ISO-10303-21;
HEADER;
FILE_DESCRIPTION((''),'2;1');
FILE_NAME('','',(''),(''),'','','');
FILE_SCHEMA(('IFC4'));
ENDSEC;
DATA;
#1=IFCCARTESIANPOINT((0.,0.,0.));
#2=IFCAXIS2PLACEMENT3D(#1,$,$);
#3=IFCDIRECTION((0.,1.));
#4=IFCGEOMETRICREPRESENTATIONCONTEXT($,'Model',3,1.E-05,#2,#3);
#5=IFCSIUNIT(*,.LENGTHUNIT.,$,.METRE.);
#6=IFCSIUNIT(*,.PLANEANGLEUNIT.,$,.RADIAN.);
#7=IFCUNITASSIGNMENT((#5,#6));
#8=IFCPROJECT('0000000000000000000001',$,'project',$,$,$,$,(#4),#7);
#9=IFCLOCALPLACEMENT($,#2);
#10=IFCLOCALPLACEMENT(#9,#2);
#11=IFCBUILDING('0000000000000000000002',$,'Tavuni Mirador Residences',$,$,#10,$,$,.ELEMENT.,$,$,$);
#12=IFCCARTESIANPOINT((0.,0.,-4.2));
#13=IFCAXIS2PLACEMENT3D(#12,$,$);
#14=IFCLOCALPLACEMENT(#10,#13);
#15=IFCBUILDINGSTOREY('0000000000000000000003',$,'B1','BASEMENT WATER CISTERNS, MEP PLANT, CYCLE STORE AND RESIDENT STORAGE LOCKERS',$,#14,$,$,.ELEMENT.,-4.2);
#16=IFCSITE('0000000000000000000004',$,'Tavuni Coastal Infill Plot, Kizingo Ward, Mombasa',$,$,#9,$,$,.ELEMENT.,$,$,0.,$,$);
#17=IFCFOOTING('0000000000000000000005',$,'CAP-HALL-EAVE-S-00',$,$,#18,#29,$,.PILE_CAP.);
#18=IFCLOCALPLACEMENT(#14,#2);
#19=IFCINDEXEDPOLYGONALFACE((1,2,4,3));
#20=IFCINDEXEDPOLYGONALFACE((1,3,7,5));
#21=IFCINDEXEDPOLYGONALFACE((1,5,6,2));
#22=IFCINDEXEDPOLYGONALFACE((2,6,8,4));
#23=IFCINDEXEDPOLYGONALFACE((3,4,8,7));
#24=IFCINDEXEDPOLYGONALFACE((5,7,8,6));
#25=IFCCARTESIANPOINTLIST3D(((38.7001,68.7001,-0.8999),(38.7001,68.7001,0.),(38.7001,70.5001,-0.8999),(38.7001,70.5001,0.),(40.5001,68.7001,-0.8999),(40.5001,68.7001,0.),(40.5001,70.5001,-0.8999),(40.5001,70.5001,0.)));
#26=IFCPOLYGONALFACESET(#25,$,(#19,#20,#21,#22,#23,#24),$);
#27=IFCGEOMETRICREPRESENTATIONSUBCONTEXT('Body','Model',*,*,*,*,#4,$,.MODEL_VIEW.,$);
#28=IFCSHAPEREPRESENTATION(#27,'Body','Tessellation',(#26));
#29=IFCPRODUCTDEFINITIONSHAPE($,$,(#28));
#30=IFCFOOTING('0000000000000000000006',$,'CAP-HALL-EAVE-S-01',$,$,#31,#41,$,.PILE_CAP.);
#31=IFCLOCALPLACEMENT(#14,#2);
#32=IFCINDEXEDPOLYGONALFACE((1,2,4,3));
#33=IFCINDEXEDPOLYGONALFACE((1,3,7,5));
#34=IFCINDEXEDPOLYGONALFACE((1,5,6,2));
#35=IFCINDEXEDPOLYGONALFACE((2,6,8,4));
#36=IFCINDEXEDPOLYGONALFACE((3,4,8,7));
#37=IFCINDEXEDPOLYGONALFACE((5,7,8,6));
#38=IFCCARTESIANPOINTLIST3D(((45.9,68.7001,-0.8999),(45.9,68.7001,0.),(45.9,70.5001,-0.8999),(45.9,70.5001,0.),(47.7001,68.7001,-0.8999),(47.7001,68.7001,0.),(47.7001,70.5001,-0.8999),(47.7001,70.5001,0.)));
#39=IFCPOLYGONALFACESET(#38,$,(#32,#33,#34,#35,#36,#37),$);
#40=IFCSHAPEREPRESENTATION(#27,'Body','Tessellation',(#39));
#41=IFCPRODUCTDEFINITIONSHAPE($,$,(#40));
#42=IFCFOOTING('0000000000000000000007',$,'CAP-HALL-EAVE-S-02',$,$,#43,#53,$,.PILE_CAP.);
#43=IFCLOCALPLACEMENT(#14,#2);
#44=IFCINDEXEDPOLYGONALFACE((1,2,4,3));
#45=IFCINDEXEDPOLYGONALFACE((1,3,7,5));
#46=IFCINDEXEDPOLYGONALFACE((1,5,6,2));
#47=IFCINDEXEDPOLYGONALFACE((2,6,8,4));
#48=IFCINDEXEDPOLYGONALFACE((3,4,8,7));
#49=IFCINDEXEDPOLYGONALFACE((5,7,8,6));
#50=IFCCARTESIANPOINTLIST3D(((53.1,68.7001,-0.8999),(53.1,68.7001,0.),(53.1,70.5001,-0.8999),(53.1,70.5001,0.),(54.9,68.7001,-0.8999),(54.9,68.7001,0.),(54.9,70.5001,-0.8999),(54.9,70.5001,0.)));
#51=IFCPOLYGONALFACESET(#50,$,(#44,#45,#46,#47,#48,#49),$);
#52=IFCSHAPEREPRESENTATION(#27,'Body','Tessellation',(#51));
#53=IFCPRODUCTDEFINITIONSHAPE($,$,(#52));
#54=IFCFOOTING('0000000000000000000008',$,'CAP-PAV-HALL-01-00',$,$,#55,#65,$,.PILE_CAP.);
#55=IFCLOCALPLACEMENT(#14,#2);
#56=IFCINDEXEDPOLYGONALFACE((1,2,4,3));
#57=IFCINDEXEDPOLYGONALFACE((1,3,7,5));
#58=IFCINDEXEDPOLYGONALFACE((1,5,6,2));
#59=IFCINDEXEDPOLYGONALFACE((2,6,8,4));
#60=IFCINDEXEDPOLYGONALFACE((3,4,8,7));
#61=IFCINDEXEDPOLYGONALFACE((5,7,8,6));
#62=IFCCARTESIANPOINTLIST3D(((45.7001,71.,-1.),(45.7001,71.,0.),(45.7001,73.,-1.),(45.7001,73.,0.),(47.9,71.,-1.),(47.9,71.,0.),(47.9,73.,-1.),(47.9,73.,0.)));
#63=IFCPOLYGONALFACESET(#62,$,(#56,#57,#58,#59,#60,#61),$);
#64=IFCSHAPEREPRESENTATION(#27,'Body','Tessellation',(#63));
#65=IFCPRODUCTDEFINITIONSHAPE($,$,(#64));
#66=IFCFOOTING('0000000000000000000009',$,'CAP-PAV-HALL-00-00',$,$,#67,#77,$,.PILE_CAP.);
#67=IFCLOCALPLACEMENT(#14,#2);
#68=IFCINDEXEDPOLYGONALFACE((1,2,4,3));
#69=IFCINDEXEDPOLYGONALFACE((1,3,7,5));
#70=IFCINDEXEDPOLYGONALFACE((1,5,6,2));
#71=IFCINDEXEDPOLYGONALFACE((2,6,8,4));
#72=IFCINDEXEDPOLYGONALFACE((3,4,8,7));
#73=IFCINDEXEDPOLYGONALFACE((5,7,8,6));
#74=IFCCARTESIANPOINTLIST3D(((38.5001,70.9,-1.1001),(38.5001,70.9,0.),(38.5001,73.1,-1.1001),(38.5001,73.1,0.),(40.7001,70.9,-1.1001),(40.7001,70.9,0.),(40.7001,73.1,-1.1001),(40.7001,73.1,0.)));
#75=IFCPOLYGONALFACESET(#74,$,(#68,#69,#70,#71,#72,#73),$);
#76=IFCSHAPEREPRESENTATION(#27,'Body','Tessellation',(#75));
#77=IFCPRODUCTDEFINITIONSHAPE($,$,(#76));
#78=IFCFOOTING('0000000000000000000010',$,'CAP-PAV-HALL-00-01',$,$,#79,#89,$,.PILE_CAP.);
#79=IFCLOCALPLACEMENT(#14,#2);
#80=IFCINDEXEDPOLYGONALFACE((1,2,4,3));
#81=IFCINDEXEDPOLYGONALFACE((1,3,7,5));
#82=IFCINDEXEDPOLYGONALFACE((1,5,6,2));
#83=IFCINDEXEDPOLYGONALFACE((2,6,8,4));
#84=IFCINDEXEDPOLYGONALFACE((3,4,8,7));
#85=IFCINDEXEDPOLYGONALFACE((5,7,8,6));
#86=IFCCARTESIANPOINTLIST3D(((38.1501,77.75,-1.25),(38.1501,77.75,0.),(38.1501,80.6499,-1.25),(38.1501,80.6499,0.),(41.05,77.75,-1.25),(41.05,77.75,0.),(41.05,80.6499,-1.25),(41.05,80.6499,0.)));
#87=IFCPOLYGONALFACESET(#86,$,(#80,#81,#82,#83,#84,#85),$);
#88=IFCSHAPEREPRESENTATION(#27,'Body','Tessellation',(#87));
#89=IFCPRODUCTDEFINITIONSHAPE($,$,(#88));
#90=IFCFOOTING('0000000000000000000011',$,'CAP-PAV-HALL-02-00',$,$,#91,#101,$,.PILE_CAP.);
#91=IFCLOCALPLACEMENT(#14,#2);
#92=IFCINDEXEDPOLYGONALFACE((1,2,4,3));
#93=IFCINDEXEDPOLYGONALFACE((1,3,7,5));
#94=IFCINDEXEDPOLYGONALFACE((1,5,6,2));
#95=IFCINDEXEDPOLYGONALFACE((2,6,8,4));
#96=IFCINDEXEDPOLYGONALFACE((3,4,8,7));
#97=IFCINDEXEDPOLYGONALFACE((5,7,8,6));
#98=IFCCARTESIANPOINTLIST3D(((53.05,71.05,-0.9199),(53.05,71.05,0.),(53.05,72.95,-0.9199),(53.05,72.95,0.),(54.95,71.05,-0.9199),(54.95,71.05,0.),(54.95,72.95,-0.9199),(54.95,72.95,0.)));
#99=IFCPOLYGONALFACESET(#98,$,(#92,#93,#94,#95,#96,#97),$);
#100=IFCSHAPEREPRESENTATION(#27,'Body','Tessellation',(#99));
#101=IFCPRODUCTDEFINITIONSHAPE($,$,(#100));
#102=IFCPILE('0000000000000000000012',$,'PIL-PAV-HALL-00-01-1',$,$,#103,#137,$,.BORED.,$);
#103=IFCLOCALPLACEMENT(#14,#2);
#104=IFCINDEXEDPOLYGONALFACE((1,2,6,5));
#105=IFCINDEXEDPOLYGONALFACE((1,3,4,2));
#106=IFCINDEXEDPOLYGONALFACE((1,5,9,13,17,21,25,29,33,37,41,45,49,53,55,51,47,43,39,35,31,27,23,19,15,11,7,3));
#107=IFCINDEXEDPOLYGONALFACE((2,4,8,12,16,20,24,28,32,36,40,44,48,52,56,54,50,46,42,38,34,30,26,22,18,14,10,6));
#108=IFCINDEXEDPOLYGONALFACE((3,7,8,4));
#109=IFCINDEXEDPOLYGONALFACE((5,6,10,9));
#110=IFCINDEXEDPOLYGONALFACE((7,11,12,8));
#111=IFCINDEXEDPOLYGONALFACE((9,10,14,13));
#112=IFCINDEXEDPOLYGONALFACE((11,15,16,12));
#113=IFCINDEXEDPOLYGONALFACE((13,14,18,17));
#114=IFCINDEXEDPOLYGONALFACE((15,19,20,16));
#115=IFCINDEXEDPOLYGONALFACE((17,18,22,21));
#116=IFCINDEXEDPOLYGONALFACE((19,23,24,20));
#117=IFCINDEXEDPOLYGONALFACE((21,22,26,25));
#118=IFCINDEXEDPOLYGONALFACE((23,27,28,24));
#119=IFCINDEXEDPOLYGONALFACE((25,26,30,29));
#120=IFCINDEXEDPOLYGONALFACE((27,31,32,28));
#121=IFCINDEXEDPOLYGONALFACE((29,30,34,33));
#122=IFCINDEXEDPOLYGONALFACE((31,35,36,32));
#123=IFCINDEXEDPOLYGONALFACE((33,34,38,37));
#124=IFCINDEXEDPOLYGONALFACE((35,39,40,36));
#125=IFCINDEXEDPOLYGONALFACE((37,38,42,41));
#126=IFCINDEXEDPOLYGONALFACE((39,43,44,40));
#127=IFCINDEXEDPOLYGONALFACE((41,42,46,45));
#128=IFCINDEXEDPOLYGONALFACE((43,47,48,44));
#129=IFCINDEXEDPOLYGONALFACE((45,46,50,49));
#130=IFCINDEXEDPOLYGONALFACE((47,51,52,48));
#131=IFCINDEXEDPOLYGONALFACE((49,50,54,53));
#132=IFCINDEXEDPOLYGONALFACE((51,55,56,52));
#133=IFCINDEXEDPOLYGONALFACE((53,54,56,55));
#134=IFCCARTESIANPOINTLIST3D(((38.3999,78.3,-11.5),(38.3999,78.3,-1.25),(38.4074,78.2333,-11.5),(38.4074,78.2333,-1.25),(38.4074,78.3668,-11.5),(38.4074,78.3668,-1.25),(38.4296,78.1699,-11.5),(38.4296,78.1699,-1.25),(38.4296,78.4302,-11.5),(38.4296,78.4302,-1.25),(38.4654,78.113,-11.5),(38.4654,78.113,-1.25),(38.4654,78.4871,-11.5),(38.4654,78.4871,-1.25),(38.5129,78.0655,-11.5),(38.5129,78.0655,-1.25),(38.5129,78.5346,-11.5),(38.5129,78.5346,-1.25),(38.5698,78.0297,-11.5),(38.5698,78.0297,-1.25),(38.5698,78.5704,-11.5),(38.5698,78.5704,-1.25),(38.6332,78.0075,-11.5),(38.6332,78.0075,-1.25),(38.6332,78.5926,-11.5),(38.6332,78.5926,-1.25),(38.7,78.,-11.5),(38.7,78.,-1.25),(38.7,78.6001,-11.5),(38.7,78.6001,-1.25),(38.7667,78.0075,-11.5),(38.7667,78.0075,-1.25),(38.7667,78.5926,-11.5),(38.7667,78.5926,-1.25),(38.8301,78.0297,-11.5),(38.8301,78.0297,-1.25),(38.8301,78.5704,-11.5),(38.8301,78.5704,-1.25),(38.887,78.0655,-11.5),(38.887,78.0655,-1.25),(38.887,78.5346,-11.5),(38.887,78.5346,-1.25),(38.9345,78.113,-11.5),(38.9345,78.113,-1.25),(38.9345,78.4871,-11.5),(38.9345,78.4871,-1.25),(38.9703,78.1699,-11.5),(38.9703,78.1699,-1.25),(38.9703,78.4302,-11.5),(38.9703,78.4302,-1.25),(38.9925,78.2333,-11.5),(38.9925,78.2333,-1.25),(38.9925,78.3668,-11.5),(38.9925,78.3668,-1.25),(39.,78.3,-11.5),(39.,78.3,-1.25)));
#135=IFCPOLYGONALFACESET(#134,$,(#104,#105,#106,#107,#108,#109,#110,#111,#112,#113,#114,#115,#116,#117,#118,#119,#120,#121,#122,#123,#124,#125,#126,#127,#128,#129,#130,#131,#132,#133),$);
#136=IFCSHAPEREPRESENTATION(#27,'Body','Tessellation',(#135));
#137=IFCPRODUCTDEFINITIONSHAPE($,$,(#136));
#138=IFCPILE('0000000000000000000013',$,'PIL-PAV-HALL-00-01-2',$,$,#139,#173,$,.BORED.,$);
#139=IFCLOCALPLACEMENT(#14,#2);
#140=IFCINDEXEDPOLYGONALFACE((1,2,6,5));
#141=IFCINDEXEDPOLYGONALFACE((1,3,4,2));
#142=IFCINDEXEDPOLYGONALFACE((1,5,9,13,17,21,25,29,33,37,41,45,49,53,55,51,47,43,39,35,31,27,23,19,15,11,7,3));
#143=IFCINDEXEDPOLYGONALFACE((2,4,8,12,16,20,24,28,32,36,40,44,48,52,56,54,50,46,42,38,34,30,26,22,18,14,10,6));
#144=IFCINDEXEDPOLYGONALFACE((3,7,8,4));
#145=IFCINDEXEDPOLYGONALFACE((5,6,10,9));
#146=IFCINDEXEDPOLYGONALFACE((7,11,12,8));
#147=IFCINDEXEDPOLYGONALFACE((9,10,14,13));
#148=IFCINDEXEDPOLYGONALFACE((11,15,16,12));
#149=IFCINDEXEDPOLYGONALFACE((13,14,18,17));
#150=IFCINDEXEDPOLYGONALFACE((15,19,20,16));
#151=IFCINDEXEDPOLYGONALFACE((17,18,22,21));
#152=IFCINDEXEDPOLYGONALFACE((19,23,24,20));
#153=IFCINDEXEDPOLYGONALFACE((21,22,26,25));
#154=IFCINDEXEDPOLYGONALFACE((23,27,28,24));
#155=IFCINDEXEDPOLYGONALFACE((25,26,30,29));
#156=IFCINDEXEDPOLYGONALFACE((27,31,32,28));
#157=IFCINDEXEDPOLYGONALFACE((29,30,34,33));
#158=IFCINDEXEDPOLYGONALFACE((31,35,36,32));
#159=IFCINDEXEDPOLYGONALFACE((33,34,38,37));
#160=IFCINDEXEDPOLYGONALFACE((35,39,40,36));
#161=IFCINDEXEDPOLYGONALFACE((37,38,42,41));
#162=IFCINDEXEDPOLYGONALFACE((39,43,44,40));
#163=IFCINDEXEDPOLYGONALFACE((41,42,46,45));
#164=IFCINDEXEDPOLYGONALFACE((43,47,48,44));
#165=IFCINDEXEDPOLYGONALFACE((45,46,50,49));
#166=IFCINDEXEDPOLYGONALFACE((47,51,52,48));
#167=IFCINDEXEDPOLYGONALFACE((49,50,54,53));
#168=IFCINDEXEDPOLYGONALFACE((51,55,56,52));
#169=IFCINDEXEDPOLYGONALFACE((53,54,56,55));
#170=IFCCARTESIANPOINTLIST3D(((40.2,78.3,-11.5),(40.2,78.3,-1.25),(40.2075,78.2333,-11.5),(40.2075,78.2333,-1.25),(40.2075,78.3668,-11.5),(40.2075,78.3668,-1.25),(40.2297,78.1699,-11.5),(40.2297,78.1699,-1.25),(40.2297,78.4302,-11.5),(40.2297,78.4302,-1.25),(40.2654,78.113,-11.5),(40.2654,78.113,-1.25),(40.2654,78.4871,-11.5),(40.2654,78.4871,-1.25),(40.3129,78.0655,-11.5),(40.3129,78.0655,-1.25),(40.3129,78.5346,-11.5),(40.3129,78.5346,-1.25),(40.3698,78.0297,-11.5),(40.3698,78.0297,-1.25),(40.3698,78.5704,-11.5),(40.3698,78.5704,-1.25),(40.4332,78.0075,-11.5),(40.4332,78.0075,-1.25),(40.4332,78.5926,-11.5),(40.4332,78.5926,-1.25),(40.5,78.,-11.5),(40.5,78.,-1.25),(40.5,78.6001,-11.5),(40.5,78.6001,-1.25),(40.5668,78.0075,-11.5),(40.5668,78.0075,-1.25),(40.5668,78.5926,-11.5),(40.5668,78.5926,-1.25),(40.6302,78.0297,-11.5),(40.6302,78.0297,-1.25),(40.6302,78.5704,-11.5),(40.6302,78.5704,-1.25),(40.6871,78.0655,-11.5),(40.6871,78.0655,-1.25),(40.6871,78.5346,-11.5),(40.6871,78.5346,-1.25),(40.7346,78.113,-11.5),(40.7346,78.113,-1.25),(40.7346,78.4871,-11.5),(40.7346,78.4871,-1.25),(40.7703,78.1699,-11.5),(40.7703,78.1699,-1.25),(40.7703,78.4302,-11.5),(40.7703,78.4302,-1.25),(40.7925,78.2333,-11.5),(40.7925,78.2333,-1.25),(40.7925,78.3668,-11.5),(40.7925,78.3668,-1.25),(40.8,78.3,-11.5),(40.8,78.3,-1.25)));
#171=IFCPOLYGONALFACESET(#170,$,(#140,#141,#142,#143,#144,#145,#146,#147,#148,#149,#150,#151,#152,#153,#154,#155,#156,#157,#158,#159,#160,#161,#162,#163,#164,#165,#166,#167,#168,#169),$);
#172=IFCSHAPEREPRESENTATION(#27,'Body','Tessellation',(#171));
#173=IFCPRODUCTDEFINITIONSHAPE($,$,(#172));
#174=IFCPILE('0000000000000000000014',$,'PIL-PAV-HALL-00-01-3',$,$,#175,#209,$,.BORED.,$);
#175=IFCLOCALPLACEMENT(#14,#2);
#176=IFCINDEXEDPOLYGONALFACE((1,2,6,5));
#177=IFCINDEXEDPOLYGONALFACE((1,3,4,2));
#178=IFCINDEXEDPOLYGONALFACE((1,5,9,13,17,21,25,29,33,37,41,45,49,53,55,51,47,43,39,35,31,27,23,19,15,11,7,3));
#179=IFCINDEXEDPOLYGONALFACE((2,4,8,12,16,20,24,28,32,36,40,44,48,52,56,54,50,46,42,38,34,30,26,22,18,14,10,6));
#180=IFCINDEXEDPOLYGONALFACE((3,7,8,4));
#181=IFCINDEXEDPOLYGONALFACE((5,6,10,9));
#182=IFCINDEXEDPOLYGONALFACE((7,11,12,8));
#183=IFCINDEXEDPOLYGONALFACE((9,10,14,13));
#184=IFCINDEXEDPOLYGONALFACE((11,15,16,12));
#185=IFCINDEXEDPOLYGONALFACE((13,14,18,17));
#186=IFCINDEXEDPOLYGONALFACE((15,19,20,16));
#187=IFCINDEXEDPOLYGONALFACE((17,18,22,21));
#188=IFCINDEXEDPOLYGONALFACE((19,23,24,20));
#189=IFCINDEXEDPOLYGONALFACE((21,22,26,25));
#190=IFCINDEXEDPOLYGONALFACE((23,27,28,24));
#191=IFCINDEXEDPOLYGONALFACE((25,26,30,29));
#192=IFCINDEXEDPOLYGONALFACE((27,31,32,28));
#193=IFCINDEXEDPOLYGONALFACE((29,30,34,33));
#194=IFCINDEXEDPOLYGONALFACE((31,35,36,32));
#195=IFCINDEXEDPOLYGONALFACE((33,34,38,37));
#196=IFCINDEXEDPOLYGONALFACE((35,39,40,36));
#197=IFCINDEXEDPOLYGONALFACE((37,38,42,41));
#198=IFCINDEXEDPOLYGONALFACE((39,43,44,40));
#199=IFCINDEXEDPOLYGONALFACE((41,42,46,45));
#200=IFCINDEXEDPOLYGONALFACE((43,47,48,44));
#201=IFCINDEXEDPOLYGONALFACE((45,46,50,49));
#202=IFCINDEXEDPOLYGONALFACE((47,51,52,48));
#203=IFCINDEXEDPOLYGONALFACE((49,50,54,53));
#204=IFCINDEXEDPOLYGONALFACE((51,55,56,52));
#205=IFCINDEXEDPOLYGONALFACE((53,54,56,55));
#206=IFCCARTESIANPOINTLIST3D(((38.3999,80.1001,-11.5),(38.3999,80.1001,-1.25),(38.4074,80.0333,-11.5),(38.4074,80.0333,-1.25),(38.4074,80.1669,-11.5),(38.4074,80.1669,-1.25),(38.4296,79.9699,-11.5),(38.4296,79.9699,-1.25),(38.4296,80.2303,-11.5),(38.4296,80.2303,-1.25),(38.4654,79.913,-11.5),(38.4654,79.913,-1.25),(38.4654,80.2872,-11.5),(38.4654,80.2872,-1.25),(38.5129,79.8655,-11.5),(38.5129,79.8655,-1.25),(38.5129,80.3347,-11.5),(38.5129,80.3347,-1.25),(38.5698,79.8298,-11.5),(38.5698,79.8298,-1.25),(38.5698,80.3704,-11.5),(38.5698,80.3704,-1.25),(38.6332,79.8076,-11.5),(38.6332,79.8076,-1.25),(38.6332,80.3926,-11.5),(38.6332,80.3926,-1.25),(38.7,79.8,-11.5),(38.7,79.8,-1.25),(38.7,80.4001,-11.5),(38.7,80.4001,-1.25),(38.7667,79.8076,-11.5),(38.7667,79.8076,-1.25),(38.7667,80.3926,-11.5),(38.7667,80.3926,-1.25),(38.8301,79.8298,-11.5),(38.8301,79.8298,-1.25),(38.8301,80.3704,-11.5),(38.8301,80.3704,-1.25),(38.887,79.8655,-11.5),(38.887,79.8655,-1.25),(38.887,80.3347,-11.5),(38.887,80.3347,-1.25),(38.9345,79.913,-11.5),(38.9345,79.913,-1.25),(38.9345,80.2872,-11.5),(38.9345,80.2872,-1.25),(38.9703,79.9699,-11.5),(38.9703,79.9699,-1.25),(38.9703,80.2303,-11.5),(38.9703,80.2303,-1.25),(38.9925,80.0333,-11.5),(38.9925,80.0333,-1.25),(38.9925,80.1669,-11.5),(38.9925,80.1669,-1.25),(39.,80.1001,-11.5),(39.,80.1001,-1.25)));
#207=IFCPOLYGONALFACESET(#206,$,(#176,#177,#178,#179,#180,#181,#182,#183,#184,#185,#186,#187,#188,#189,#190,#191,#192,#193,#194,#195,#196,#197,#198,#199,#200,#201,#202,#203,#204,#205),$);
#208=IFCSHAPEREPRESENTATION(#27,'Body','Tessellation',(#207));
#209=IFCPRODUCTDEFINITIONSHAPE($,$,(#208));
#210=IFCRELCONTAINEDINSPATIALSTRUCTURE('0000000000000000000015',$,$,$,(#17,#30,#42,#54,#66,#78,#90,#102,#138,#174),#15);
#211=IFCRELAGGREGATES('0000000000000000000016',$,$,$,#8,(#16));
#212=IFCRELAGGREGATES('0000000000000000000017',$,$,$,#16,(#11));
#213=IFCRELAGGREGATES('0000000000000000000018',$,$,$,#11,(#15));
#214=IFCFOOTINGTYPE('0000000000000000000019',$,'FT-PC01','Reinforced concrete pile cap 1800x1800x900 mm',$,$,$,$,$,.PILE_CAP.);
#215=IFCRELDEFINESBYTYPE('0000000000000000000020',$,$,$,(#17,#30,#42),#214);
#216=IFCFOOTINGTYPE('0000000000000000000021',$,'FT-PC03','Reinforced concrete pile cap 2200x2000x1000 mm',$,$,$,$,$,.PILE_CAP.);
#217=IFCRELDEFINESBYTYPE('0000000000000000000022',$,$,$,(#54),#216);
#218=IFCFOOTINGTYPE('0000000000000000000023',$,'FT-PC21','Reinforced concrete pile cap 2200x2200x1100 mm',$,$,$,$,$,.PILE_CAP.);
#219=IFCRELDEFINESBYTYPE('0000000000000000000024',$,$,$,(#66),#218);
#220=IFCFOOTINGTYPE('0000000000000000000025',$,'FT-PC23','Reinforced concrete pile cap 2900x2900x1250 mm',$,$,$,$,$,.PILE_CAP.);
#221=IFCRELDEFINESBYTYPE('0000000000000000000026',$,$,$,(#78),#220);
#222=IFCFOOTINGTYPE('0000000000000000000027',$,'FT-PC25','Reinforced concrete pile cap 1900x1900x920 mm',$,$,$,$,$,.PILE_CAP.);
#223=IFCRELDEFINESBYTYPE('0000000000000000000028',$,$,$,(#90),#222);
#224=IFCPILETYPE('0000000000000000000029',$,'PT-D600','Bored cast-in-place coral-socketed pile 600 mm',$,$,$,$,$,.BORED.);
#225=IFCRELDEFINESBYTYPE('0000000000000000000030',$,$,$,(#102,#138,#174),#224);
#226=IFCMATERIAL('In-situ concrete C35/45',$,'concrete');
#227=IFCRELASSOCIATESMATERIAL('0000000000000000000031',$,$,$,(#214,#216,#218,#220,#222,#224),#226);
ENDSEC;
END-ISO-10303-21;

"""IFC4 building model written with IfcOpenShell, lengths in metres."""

from ifc_helpers import new_model, si_unit, direction, frame, origin, origin_2d, place, context, subcontext, project, spatial, rectangle, circle, extrude, material, material_profile, profile_set, type_object, element, save


model = new_model("IFC4")

# Units and contexts
model_context = context("Model", 3, precision=1e-05, world=origin(), true_north=direction((0.0, 1.0)))
body_context = subcontext(model_context, "Body", "Model", "MODEL_VIEW")
ifc_project = project(units=[si_unit("LENGTHUNIT", "METRE"), si_unit("PLANEANGLEUNIT", "RADIAN")], contexts=[model_context])

# Site, building, storey
site_placement = place(None, origin())
site = spatial("IfcSite", under=ifc_project, at=site_placement, Name="Tavuni Coastal Infill Plot, Kizingo Ward, Mombasa", CompositionType="ELEMENT", RefElevation=0.0)
building_placement = place(site_placement, origin())
building = spatial("IfcBuilding", under=site, at=building_placement, Name="Tavuni Mirador Residences", CompositionType="ELEMENT")
storey_placement = place(building_placement, frame((0.0, 0.0, -4.2)))
storey = spatial("IfcBuildingStorey", under=building, at=storey_placement, Name="B1", Description="BASEMENT WATER CISTERNS, MEP PLANT, CYCLE STORE AND RESIDENT STORAGE LOCKERS", CompositionType="ELEMENT", Elevation=-4.2)

# Footings
ifc_material_1 = material(Name="In-situ concrete C35/45", Category="concrete")
footing_type_1 = type_object("IfcFootingType", Name="FT-PC01", Description="Reinforced concrete pile cap 1800x1800x900 mm", PredefinedType="PILE_CAP", material=ifc_material_1)
for number, where, z_axis, x_axis, name in (
    (1, (39.6001, 69.6001, -0.8999), (0.0, 0.0, 1.0), (1.0, 0.0, 0.0), "CAP-HALL-EAVE-S-00"),
    (2, (46.8, 69.6001, -0.8999), (0.0, 0.0, 1.0), (1.0, 0.0, 0.0), "CAP-HALL-EAVE-S-01"),
    (3, (54.0, 69.6001, -0.8999), (0.0, 0.0, 1.0), (1.0, 0.0, 0.0), "CAP-HALL-EAVE-S-02"),
):
    element("IfcFooting", number, at=place(storey_placement, frame(where, z_axis=z_axis, x_axis=x_axis)), inside=storey, type_object=footing_type_1, Name=name, PredefinedType="PILE_CAP", context=body_context, shape_type="SweptSolid", body=[
        extrude(rectangle(XDim=1.8, YDim=1.8, at=origin_2d()), origin(), (0.0, 0.0, 1.0), 0.8999),
    ])
footing_type_2 = type_object("IfcFootingType", Name="FT-PC03", Description="Reinforced concrete pile cap 2200x2000x1000 mm", PredefinedType="PILE_CAP", material=ifc_material_1)
footing_1_placement = place(storey_placement, frame((46.8, 72.0, -1.0), z_axis=(0.0, 0.0, 1.0), x_axis=(1.0, 0.0, 0.0)))
element("IfcFooting", 4, at=footing_1_placement, inside=storey, type_object=footing_type_2, Name="CAP-PAV-HALL-01-00", PredefinedType="PILE_CAP", context=body_context, shape_type="SweptSolid", body=[
    extrude(rectangle(XDim=2.2, YDim=2.0, at=origin_2d()), origin(), (0.0, 0.0, 1.0), 1.0),
])
footing_type_3 = type_object("IfcFootingType", Name="FT-PC21", Description="Reinforced concrete pile cap 2200x2200x1100 mm", PredefinedType="PILE_CAP", material=ifc_material_1)
footing_2_placement = place(storey_placement, frame((39.6001, 72.0, -1.1001), z_axis=(0.0, 0.0, 1.0), x_axis=(1.0, 0.0, 0.0)))
element("IfcFooting", 5, at=footing_2_placement, inside=storey, type_object=footing_type_3, Name="CAP-PAV-HALL-00-00", PredefinedType="PILE_CAP", context=body_context, shape_type="SweptSolid", body=[
    extrude(rectangle(XDim=2.2, YDim=2.2, at=origin_2d()), origin(), (0.0, 0.0, 1.0), 1.1001),
])
footing_type_4 = type_object("IfcFootingType", Name="FT-PC23", Description="Reinforced concrete pile cap 2900x2900x1250 mm", PredefinedType="PILE_CAP", material=ifc_material_1)
footing_3_placement = place(storey_placement, frame((39.6001, 79.2, -1.25), z_axis=(0.0, 0.0, 1.0), x_axis=(1.0, 0.0, 0.0)))
element("IfcFooting", 6, at=footing_3_placement, inside=storey, type_object=footing_type_4, Name="CAP-PAV-HALL-00-01", PredefinedType="PILE_CAP", context=body_context, shape_type="SweptSolid", body=[
    extrude(rectangle(XDim=2.8999, YDim=2.8999, at=origin_2d()), origin(), (0.0, 0.0, 1.0), 1.25),
])
footing_type_5 = type_object("IfcFootingType", Name="FT-PC25", Description="Reinforced concrete pile cap 1900x1900x920 mm", PredefinedType="PILE_CAP", material=ifc_material_1)
footing_4_placement = place(storey_placement, frame((54.0, 72.0, -0.9199), z_axis=(0.0, 0.0, 1.0), x_axis=(1.0, 0.0, 0.0)))
element("IfcFooting", 7, at=footing_4_placement, inside=storey, type_object=footing_type_5, Name="CAP-PAV-HALL-02-00", PredefinedType="PILE_CAP", context=body_context, shape_type="SweptSolid", body=[
    extrude(rectangle(XDim=1.8999, YDim=1.8999, at=origin_2d()), origin(), (0.0, 0.0, 1.0), 0.9199),
])

# Piles
ifc_material_profile_1 = material_profile(ifc_material_1, circle(Radius=0.3, at=origin_2d()), Name="PILE D600", Category="concrete")
ifc_profile_set_1 = profile_set([ifc_material_profile_1], Name="In-situ concrete C35/45")
pile_type_1 = type_object("IfcPileType", Name="PT-D600", Description="Bored cast-in-place coral-socketed pile 600 mm", PredefinedType="BORED", material=ifc_profile_set_1)
for number, where, z_axis, x_axis, name in (
    (8, (38.7, 78.3, -1.25), (0.0, 0.0, -1.0), (1.0, 0.0, 0.0), "PIL-PAV-HALL-00-01-1"),
    (9, (40.5, 78.3, -1.25), (0.0, 0.0, -1.0), (1.0, 0.0, 0.0), "PIL-PAV-HALL-00-01-2"),
    (10, (38.7, 80.1001, -1.25), (0.0, 0.0, -1.0), (1.0, 0.0, 0.0), "PIL-PAV-HALL-00-01-3"),
):
    element("IfcPile", number, at=place(storey_placement, frame(where, z_axis=z_axis, x_axis=x_axis)), inside=storey, type_object=pile_type_1, Name=name, PredefinedType="BORED", context=body_context, shape_type="SweptSolid", body=[
        extrude(circle(Radius=0.3, at=origin_2d()), origin(), (0.0, 0.0, 1.0), 10.25),
    ])

save(model, "model.ifc")
